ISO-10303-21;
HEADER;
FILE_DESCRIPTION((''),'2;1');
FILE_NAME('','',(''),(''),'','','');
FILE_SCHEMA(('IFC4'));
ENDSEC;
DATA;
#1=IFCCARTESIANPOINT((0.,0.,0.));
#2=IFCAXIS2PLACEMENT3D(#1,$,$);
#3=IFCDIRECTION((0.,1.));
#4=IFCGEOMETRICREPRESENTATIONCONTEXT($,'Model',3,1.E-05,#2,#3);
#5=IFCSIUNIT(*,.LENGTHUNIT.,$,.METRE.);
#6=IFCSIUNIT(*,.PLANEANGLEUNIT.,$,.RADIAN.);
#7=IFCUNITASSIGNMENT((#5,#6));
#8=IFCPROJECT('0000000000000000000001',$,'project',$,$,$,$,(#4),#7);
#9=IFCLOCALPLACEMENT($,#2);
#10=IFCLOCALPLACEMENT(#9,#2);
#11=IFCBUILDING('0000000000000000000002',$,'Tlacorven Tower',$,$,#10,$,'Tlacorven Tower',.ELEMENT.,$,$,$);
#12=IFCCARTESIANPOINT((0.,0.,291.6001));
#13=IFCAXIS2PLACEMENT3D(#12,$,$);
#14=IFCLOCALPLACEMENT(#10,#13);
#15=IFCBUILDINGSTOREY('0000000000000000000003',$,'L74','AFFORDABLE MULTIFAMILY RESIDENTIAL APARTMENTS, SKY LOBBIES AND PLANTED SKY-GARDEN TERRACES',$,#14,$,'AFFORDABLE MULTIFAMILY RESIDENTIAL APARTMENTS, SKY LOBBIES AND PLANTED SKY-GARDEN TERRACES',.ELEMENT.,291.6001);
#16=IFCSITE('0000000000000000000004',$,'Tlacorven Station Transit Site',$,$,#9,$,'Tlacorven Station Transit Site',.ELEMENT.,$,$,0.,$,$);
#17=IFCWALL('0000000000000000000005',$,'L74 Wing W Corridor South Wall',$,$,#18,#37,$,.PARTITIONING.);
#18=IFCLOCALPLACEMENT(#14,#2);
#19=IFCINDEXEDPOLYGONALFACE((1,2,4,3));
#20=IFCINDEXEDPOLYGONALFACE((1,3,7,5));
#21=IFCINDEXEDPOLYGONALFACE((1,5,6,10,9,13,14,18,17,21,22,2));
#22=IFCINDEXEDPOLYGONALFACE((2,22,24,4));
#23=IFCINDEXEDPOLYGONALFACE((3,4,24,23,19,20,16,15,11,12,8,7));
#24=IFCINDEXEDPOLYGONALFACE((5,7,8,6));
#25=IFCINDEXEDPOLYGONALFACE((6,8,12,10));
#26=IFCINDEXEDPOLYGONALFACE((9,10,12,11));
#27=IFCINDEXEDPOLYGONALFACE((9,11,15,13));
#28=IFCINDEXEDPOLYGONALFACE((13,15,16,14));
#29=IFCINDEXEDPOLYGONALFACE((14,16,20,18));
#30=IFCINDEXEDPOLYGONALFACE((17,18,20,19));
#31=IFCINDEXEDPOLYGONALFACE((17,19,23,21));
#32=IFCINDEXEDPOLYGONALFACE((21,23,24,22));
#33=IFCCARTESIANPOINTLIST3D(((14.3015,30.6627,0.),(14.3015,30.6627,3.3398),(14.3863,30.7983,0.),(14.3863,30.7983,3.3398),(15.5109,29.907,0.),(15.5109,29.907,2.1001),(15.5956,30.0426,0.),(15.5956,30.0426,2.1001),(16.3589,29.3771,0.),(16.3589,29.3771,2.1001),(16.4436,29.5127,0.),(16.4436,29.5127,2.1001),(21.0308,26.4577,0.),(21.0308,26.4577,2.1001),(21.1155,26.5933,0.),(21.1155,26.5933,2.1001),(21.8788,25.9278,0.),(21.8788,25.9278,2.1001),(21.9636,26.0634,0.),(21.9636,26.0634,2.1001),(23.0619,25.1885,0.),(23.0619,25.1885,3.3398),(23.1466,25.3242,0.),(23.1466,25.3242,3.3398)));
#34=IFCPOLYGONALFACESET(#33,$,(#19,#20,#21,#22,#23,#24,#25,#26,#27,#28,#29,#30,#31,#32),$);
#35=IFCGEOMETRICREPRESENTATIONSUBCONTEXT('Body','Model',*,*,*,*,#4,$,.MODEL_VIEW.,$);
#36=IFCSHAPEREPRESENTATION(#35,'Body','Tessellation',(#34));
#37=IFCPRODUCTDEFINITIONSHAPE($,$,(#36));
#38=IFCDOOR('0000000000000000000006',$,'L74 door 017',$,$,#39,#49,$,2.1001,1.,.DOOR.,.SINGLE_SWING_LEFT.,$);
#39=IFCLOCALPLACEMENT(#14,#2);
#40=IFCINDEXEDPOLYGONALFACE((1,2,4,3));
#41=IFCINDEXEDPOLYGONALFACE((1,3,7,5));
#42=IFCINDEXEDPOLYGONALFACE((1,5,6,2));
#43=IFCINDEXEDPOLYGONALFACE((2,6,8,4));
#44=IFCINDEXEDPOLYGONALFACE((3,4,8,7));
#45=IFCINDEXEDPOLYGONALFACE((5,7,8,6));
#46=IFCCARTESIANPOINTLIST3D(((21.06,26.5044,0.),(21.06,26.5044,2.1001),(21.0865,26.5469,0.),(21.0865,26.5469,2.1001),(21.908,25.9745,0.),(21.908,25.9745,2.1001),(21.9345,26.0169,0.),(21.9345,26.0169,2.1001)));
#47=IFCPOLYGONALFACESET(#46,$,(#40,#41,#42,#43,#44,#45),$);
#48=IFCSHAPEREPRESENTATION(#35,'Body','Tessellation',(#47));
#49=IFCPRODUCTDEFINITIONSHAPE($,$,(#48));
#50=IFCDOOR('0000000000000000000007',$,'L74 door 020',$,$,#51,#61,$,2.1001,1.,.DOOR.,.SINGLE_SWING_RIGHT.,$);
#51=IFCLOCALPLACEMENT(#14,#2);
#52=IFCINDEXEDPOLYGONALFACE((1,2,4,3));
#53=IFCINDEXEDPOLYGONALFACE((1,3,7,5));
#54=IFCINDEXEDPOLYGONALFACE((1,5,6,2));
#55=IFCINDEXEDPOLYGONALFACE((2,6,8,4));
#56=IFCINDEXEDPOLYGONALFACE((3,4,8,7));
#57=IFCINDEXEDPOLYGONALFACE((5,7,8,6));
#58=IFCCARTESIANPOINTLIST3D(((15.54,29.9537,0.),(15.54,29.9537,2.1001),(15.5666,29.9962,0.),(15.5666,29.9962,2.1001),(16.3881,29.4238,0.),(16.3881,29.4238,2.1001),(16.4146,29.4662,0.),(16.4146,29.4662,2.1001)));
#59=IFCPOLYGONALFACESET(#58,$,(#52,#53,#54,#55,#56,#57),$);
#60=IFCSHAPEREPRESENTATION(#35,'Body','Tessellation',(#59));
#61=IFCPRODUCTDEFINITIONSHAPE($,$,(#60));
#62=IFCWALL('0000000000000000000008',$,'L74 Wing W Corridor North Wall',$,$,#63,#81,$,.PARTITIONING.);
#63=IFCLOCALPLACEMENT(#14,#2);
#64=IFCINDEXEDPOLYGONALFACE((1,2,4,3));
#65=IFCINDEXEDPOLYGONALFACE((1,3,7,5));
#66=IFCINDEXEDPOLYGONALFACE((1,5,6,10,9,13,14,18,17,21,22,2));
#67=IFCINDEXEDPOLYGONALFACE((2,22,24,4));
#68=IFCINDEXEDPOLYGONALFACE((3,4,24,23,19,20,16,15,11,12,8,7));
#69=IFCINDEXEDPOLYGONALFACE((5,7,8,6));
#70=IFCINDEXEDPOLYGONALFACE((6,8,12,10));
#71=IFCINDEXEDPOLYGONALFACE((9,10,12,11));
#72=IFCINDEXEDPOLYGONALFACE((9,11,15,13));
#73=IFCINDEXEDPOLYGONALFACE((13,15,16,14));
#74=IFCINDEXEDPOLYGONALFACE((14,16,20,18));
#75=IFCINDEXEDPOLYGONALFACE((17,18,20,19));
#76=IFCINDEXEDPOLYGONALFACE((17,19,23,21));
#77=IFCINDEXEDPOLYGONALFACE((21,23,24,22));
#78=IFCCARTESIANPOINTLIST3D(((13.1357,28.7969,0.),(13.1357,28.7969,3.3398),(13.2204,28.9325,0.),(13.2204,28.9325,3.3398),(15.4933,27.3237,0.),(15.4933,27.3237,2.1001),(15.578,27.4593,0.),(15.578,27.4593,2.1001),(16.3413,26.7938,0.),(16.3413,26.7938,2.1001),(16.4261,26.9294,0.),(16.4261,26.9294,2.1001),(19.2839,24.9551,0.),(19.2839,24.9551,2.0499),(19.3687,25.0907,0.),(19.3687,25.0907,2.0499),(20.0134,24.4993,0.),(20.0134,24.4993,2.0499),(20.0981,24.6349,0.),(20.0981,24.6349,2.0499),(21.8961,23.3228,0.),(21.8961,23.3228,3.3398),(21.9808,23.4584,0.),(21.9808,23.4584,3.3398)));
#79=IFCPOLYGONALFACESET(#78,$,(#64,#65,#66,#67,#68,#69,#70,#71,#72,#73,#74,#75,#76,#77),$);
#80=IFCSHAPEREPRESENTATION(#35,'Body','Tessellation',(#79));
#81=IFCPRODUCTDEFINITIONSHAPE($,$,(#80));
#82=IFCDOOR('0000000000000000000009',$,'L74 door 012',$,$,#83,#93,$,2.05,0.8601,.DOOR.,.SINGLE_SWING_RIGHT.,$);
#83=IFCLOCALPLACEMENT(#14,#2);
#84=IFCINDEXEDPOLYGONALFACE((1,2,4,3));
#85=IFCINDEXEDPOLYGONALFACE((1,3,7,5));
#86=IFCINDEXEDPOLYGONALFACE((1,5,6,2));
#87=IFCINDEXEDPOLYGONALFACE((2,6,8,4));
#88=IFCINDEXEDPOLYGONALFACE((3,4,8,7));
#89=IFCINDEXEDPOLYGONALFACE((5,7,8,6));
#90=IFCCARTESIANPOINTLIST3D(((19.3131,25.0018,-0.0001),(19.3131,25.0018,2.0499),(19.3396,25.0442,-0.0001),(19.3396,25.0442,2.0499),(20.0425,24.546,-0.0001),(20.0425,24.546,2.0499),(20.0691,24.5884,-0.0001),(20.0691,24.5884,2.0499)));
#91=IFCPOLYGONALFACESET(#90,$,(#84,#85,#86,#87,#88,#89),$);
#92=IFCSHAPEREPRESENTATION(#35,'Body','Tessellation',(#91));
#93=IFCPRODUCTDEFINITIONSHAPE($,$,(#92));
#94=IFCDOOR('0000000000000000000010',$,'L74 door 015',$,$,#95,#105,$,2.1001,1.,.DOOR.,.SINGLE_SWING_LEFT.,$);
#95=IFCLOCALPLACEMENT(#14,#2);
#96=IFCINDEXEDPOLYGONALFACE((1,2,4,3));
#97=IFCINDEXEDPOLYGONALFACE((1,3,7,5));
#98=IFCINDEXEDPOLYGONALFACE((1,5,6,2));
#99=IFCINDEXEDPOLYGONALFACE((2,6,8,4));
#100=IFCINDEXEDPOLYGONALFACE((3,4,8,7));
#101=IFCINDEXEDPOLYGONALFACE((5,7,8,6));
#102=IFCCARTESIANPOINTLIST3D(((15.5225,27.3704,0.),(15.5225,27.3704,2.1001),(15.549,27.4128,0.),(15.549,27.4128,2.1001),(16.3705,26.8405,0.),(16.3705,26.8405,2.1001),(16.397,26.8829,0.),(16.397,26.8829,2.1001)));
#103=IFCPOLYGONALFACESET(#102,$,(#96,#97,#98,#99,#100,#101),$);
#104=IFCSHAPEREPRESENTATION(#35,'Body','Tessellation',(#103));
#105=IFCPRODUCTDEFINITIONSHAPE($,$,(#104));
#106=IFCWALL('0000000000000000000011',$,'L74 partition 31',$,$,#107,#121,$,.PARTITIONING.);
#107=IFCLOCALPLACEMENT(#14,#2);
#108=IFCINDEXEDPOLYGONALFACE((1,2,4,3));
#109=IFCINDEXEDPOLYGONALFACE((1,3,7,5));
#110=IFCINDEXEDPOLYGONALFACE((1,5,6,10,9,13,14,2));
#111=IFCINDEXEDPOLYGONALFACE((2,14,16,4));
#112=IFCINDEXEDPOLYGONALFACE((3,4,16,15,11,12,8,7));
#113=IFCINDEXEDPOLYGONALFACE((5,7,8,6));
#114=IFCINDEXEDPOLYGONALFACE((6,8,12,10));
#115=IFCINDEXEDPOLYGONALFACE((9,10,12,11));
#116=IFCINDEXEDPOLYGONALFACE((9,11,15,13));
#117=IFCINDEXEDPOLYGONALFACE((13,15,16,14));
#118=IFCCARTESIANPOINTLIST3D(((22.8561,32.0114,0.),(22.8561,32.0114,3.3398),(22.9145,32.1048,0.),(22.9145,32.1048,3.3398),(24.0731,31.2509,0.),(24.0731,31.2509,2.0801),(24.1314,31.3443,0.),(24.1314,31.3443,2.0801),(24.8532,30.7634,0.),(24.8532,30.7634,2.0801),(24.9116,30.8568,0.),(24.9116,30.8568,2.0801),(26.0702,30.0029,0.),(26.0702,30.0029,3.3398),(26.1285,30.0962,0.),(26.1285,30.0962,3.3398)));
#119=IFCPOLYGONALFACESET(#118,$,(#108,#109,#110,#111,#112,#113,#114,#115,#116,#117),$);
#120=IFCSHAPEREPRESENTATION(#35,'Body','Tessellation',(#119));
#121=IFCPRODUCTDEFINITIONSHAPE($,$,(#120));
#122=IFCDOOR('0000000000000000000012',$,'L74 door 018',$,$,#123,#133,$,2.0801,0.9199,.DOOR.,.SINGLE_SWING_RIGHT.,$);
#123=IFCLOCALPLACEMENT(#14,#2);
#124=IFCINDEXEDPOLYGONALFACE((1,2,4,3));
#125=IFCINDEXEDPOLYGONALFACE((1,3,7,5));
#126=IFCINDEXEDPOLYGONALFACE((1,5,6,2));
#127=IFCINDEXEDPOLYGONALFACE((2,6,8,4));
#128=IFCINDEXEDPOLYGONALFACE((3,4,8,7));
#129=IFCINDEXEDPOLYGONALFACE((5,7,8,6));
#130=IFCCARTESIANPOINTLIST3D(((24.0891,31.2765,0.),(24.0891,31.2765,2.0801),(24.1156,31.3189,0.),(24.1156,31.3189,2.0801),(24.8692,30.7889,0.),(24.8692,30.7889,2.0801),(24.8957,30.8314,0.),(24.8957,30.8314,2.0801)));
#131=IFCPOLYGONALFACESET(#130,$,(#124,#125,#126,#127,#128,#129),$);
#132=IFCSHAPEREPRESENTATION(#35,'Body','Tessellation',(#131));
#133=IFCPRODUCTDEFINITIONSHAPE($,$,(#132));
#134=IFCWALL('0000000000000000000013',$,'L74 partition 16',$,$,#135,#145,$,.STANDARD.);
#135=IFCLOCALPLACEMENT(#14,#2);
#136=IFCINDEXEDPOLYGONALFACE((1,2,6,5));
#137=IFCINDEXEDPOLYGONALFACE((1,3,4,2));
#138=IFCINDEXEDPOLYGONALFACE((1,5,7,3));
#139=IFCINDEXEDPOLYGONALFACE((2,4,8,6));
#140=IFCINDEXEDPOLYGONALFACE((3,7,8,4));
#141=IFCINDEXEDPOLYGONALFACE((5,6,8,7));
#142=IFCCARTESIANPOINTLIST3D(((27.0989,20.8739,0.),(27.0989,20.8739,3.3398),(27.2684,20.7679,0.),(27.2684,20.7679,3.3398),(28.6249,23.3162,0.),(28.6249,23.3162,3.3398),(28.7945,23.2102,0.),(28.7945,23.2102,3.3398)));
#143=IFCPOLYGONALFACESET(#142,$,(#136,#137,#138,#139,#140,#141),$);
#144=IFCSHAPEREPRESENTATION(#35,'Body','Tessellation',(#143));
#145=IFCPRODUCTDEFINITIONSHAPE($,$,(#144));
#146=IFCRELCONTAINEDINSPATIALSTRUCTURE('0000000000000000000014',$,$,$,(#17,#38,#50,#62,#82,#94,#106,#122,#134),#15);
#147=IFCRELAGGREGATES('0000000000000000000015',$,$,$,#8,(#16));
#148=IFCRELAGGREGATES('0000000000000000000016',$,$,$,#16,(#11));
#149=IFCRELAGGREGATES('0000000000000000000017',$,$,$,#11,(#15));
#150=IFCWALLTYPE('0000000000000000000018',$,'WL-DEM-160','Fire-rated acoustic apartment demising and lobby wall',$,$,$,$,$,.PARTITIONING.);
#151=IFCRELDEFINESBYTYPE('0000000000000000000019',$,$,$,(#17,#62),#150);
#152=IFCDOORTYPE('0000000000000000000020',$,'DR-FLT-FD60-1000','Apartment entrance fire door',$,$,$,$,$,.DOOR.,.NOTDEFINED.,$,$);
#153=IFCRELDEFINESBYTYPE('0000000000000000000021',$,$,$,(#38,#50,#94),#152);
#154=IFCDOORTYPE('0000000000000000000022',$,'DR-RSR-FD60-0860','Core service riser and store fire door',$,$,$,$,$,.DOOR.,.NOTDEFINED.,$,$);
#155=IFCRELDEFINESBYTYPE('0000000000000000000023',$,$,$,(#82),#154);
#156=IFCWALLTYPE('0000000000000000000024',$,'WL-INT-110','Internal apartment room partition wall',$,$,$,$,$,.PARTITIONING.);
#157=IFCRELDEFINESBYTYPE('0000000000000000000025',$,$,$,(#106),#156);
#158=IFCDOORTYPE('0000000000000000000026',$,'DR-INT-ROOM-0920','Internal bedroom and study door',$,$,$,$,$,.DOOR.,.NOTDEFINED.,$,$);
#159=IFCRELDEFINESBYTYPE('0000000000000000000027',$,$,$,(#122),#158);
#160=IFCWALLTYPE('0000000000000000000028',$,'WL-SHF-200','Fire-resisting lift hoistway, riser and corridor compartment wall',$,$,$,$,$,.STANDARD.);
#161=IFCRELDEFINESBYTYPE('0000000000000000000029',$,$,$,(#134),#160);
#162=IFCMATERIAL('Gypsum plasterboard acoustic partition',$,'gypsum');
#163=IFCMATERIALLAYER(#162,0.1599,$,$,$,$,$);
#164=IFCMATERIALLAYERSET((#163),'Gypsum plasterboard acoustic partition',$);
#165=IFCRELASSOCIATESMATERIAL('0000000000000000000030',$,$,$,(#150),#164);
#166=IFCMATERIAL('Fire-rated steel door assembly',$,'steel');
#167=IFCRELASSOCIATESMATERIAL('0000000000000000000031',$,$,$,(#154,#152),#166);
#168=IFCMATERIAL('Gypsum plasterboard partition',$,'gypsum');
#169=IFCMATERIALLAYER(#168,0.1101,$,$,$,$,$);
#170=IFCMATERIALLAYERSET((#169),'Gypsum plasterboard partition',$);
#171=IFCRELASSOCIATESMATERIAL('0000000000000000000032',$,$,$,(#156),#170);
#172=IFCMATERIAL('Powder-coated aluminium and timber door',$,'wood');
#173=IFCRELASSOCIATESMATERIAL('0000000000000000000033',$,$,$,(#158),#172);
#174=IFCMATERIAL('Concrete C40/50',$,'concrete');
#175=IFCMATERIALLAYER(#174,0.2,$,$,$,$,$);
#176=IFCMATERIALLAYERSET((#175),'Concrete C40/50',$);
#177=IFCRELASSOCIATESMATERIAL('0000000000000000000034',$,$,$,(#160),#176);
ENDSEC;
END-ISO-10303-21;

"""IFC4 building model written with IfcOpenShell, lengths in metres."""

from ifc_helpers import new_model, si_unit, direction, frame, frame_2d, origin, place, context, subcontext, project, spatial, rectangle, extrude, source, transform, mapped, material, layer, layer_set, type_object, element, fill, save


model = new_model("IFC4")

# Units and contexts
model_context = context("Model", 3, precision=1e-05, world=origin(), true_north=direction((0.0, 1.0)))
body_context = subcontext(model_context, "Body", "Model", "MODEL_VIEW")
ifc_project = project(units=[si_unit("LENGTHUNIT", "METRE"), si_unit("PLANEANGLEUNIT", "RADIAN")], contexts=[model_context])

# Site, building, storey
site_placement = place(None, origin())
site = spatial("IfcSite", under=ifc_project, at=site_placement, Name="Tlacorven Station Transit Site", LongName="Tlacorven Station Transit Site", CompositionType="ELEMENT", RefElevation=0.0)
building_placement = place(site_placement, origin())
building = spatial("IfcBuilding", under=site, at=building_placement, Name="Tlacorven Tower", LongName="Tlacorven Tower", CompositionType="ELEMENT")
storey_placement = place(building_placement, frame((0.0, 0.0, 291.6001)))
storey = spatial("IfcBuildingStorey", under=building, at=storey_placement, Name="L74", Description="AFFORDABLE MULTIFAMILY RESIDENTIAL APARTMENTS, SKY LOBBIES AND PLANTED SKY-GARDEN TERRACES", LongName="AFFORDABLE MULTIFAMILY RESIDENTIAL APARTMENTS, SKY LOBBIES AND PLANTED SKY-GARDEN TERRACES", CompositionType="ELEMENT", Elevation=291.6001)

# Shared definitions
ifc_material_1 = material(Name="Gypsum plasterboard acoustic partition", Category="gypsum")
ifc_layer_1 = layer(ifc_material_1, 0.1599)
ifc_layer_set_1 = layer_set([ifc_layer_1], Name="Gypsum plasterboard acoustic partition")
wall_type_1 = type_object("IfcWallType", Name="WL-DEM-160", Description="Fire-rated acoustic apartment demising and lobby wall", PredefinedType="PARTITIONING", material=ifc_layer_set_1)
ifc_material_2 = material(Name="Fire-rated steel door assembly", Category="steel")
door_type_1 = type_object("IfcDoorType", Name="DR-RSR-FD60-0860", Description="Core service riser and store fire door", OperationType="NOTDEFINED", PredefinedType="DOOR", material=ifc_material_2)
shared_shape_1 = source(origin(), body_context, "Body", "SweptSolid", [
    extrude(rectangle(XDim=0.8601, YDim=2.05, at=frame_2d((0.4302, 1.0249))), frame((0.0, 0.0249, 0.0), z_axis=(0.0, -1.0, 0.0), x_axis=(1.0, 0.0, 0.0)), (0.0, 0.0, 1.0), 0.05),
])

# Walls, openings, doors
wall_1_placement = place(storey_placement, frame((23.1042, 25.2563, 0.0), z_axis=(0.0, 0.0, 1.0), x_axis=(-0.848043, 0.529927, 0.0)))
wall_1 = element("IfcWall", 1, at=wall_1_placement, inside=storey, type_object=wall_type_1, Name="L74 Wing W Corridor South Wall", PredefinedType="PARTITIONING", context=body_context, shape_type="SweptSolid", body=[
    extrude(rectangle(XDim=10.3301, YDim=0.1599, at=frame_2d((5.165, 0.0))), origin(), (0.0, 0.0, 1.0), 3.3398),
])
opening_1_placement = place(wall_1_placement, frame((1.395, 0.0, 0.0)))
opening_1 = element("IfcOpeningElement", 2, at=opening_1_placement, cuts=wall_1, PredefinedType="OPENING", context=body_context, shape_type="SweptSolid", body=[
    extrude(rectangle(XDim=1.0, YDim=2.1001, at=frame_2d((0.5, 1.05))), frame((0.0, 0.0898, 0.0), z_axis=(0.0, -1.0, 0.0), x_axis=(1.0, 0.0, 0.0)), (0.0, 0.0, 1.0), 0.1799),
])
opening_2_placement = place(wall_1_placement, frame((7.9041, 0.0, 0.0)))
opening_2 = element("IfcOpeningElement", 3, at=opening_2_placement, cuts=wall_1, PredefinedType="OPENING", context=body_context, shape_type="SweptSolid", body=[
    extrude(rectangle(XDim=1.0, YDim=2.1001, at=frame_2d((0.5, 1.05))), frame((0.0, 0.0898, 0.0), z_axis=(0.0, -1.0, 0.0), x_axis=(1.0, 0.0, 0.0)), (0.0, 0.0, 1.0), 0.1799),
])
door_type_2 = type_object("IfcDoorType", Name="DR-FLT-FD60-1000", Description="Apartment entrance fire door", OperationType="NOTDEFINED", PredefinedType="DOOR", material=ifc_material_2)
shared_shape_2 = source(origin(), body_context, "Body", "SweptSolid", [
    extrude(rectangle(XDim=1.0, YDim=2.1001, at=frame_2d((0.5, 1.05))), frame((0.0, 0.0249, 0.0), z_axis=(0.0, -1.0, 0.0), x_axis=(1.0, 0.0, 0.0)), (0.0, 0.0, 1.0), 0.05),
])
door_1_placement = place(opening_1_placement, origin())
door_1 = element("IfcDoor", 4, at=door_1_placement, inside=storey, type_object=door_type_2, Name="L74 door 017", OperationType="SINGLE_SWING_LEFT", OverallHeight=2.1001, OverallWidth=1.0, PredefinedType="DOOR", context=body_context, shape_type="MappedRepresentation", body=[
    mapped(shared_shape_2, transform((0.0, 0.0, 0.0), scale=1.0)),
])
fill(opening_1, door_1)
door_2_placement = place(opening_2_placement, origin())
door_2 = element("IfcDoor", 5, at=door_2_placement, inside=storey, type_object=door_type_2, Name="L74 door 020", OperationType="SINGLE_SWING_RIGHT", OverallHeight=2.1001, OverallWidth=1.0, PredefinedType="DOOR", context=body_context, shape_type="MappedRepresentation", body=[
    mapped(shared_shape_2, transform((0.0, 0.0, 0.0), scale=1.0)),
])
fill(opening_2, door_2)
wall_2_placement = place(storey_placement, frame((21.9385, 23.3906, 0.0), z_axis=(0.0, 0.0, 1.0), x_axis=(-0.84805, 0.529916, 0.0)))
wall_2 = element("IfcWall", 6, at=wall_2_placement, inside=storey, type_object=wall_type_1, Name="L74 Wing W Corridor North Wall", PredefinedType="PARTITIONING", context=body_context, shape_type="SweptSolid", body=[
    extrude(rectangle(XDim=10.3301, YDim=0.1599, at=frame_2d((5.165, 0.0))), origin(), (0.0, 0.0, 1.0), 3.3398),
])
opening_3_placement = place(wall_2_placement, frame((2.22, 0.0, 0.0)))
opening_3 = element("IfcOpeningElement", 7, at=opening_3_placement, cuts=wall_2, PredefinedType="OPENING", context=body_context, shape_type="SweptSolid", body=[
    extrude(rectangle(XDim=0.8601, YDim=2.05, at=frame_2d((0.4302, 1.0249))), frame((0.0, 0.0898, 0.0), z_axis=(0.0, -1.0, 0.0), x_axis=(1.0, 0.0, 0.0)), (0.0, 0.0, 1.0), 0.1799),
])
opening_4_placement = place(wall_2_placement, frame((6.55, 0.0, 0.0)))
opening_4 = element("IfcOpeningElement", 8, at=opening_4_placement, cuts=wall_2, PredefinedType="OPENING", context=body_context, shape_type="SweptSolid", body=[
    extrude(rectangle(XDim=1.0, YDim=2.1001, at=frame_2d((0.5, 1.05))), frame((0.0, 0.0898, 0.0), z_axis=(0.0, -1.0, 0.0), x_axis=(1.0, 0.0, 0.0)), (0.0, 0.0, 1.0), 0.1799),
])
door_3_placement = place(opening_3_placement, origin())
door_3 = element("IfcDoor", 9, at=door_3_placement, inside=storey, type_object=door_type_1, Name="L74 door 012", OperationType="SINGLE_SWING_RIGHT", OverallHeight=2.05, OverallWidth=0.8601, PredefinedType="DOOR", context=body_context, shape_type="MappedRepresentation", body=[
    mapped(shared_shape_1, transform((0.0, 0.0, 0.0), scale=1.0)),
])
fill(opening_3, door_3)
door_4_placement = place(opening_4_placement, origin())
door_4 = element("IfcDoor", 10, at=door_4_placement, inside=storey, type_object=door_type_2, Name="L74 door 015", OperationType="SINGLE_SWING_LEFT", OverallHeight=2.1001, OverallWidth=1.0, PredefinedType="DOOR", context=body_context, shape_type="MappedRepresentation", body=[
    mapped(shared_shape_2, transform((0.0, 0.0, 0.0), scale=1.0)),
])
fill(opening_4, door_4)

# Wall, opening, door
ifc_material_3 = material(Name="Gypsum plasterboard partition", Category="gypsum")
ifc_layer_2 = layer(ifc_material_3, 0.1101)
ifc_layer_set_2 = layer_set([ifc_layer_2], Name="Gypsum plasterboard partition")
wall_type_2 = type_object("IfcWallType", Name="WL-INT-110", Description="Internal apartment room partition wall", PredefinedType="PARTITIONING", material=ifc_layer_set_2)
wall_3_placement = place(storey_placement, frame((26.0994, 30.0496, 0.0), z_axis=(0.0, 0.0, 1.0), x_axis=(-0.848031, 0.529947, 0.0)))
wall_3 = element("IfcWall", 11, at=wall_3_placement, inside=storey, type_object=wall_type_2, Name="L74 partition 31", PredefinedType="PARTITIONING", context=body_context, shape_type="SweptSolid", body=[
    extrude(rectangle(XDim=3.79, YDim=0.1101, at=frame_2d((1.895, 0.0))), origin(), (0.0, 0.0, 1.0), 3.3398),
])
opening_5_placement = place(wall_3_placement, frame((1.4351, 0.0, 0.0)))
opening_5 = element("IfcOpeningElement", 12, at=opening_5_placement, cuts=wall_3, PredefinedType="OPENING", context=body_context, shape_type="SweptSolid", body=[
    extrude(rectangle(XDim=0.9199, YDim=2.0801, at=frame_2d((0.46, 1.04))), frame((0.0, 0.0649, 0.0), z_axis=(0.0, -1.0, 0.0), x_axis=(1.0, 0.0, 0.0)), (0.0, 0.0, 1.0), 0.1301),
])
ifc_material_4 = material(Name="Powder-coated aluminium and timber door", Category="wood")
door_type_3 = type_object("IfcDoorType", Name="DR-INT-ROOM-0920", Description="Internal bedroom and study door", OperationType="NOTDEFINED", PredefinedType="DOOR", material=ifc_material_4)
shared_shape_3 = source(origin(), body_context, "Body", "SweptSolid", [
    extrude(rectangle(XDim=0.9199, YDim=2.0801, at=frame_2d((0.46, 1.04))), frame((0.0, 0.0249, 0.0), z_axis=(0.0, -1.0, 0.0), x_axis=(1.0, 0.0, 0.0)), (0.0, 0.0, 1.0), 0.05),
])
door_5_placement = place(opening_5_placement, origin())
door_5 = element("IfcDoor", 13, at=door_5_placement, inside=storey, type_object=door_type_3, Name="L74 door 018", OperationType="SINGLE_SWING_RIGHT", OverallHeight=2.0801, OverallWidth=0.9199, PredefinedType="DOOR", context=body_context, shape_type="MappedRepresentation", body=[
    mapped(shared_shape_3, transform((0.0, 0.0, 0.0), scale=1.0)),
])
fill(opening_5, door_5)

# Wall
ifc_material_5 = material(Name="Concrete C40/50", Category="concrete")
ifc_layer_3 = layer(ifc_material_5, 0.2)
ifc_layer_set_3 = layer_set([ifc_layer_3], Name="Concrete C40/50")
wall_type_3 = type_object("IfcWallType", Name="WL-SHF-200", Description="Fire-resisting lift hoistway, riser and corridor compartment wall", PredefinedType="STANDARD", material=ifc_layer_set_3)
wall_4_placement = place(storey_placement, frame((28.7097, 23.2632, 0.0), z_axis=(0.0, 0.0, 1.0), x_axis=(-0.529907, -0.848055, 0.0)))
element("IfcWall", 14, at=wall_4_placement, inside=storey, type_object=wall_type_3, Name="L74 partition 16", PredefinedType="STANDARD", context=body_context, shape_type="SweptSolid", body=[
    extrude(rectangle(XDim=2.8799, YDim=0.2, at=frame_2d((1.4399, 0.0))), origin(), (0.0, 0.0, 1.0), 3.3398),
])

save(model, "model.ifc")
